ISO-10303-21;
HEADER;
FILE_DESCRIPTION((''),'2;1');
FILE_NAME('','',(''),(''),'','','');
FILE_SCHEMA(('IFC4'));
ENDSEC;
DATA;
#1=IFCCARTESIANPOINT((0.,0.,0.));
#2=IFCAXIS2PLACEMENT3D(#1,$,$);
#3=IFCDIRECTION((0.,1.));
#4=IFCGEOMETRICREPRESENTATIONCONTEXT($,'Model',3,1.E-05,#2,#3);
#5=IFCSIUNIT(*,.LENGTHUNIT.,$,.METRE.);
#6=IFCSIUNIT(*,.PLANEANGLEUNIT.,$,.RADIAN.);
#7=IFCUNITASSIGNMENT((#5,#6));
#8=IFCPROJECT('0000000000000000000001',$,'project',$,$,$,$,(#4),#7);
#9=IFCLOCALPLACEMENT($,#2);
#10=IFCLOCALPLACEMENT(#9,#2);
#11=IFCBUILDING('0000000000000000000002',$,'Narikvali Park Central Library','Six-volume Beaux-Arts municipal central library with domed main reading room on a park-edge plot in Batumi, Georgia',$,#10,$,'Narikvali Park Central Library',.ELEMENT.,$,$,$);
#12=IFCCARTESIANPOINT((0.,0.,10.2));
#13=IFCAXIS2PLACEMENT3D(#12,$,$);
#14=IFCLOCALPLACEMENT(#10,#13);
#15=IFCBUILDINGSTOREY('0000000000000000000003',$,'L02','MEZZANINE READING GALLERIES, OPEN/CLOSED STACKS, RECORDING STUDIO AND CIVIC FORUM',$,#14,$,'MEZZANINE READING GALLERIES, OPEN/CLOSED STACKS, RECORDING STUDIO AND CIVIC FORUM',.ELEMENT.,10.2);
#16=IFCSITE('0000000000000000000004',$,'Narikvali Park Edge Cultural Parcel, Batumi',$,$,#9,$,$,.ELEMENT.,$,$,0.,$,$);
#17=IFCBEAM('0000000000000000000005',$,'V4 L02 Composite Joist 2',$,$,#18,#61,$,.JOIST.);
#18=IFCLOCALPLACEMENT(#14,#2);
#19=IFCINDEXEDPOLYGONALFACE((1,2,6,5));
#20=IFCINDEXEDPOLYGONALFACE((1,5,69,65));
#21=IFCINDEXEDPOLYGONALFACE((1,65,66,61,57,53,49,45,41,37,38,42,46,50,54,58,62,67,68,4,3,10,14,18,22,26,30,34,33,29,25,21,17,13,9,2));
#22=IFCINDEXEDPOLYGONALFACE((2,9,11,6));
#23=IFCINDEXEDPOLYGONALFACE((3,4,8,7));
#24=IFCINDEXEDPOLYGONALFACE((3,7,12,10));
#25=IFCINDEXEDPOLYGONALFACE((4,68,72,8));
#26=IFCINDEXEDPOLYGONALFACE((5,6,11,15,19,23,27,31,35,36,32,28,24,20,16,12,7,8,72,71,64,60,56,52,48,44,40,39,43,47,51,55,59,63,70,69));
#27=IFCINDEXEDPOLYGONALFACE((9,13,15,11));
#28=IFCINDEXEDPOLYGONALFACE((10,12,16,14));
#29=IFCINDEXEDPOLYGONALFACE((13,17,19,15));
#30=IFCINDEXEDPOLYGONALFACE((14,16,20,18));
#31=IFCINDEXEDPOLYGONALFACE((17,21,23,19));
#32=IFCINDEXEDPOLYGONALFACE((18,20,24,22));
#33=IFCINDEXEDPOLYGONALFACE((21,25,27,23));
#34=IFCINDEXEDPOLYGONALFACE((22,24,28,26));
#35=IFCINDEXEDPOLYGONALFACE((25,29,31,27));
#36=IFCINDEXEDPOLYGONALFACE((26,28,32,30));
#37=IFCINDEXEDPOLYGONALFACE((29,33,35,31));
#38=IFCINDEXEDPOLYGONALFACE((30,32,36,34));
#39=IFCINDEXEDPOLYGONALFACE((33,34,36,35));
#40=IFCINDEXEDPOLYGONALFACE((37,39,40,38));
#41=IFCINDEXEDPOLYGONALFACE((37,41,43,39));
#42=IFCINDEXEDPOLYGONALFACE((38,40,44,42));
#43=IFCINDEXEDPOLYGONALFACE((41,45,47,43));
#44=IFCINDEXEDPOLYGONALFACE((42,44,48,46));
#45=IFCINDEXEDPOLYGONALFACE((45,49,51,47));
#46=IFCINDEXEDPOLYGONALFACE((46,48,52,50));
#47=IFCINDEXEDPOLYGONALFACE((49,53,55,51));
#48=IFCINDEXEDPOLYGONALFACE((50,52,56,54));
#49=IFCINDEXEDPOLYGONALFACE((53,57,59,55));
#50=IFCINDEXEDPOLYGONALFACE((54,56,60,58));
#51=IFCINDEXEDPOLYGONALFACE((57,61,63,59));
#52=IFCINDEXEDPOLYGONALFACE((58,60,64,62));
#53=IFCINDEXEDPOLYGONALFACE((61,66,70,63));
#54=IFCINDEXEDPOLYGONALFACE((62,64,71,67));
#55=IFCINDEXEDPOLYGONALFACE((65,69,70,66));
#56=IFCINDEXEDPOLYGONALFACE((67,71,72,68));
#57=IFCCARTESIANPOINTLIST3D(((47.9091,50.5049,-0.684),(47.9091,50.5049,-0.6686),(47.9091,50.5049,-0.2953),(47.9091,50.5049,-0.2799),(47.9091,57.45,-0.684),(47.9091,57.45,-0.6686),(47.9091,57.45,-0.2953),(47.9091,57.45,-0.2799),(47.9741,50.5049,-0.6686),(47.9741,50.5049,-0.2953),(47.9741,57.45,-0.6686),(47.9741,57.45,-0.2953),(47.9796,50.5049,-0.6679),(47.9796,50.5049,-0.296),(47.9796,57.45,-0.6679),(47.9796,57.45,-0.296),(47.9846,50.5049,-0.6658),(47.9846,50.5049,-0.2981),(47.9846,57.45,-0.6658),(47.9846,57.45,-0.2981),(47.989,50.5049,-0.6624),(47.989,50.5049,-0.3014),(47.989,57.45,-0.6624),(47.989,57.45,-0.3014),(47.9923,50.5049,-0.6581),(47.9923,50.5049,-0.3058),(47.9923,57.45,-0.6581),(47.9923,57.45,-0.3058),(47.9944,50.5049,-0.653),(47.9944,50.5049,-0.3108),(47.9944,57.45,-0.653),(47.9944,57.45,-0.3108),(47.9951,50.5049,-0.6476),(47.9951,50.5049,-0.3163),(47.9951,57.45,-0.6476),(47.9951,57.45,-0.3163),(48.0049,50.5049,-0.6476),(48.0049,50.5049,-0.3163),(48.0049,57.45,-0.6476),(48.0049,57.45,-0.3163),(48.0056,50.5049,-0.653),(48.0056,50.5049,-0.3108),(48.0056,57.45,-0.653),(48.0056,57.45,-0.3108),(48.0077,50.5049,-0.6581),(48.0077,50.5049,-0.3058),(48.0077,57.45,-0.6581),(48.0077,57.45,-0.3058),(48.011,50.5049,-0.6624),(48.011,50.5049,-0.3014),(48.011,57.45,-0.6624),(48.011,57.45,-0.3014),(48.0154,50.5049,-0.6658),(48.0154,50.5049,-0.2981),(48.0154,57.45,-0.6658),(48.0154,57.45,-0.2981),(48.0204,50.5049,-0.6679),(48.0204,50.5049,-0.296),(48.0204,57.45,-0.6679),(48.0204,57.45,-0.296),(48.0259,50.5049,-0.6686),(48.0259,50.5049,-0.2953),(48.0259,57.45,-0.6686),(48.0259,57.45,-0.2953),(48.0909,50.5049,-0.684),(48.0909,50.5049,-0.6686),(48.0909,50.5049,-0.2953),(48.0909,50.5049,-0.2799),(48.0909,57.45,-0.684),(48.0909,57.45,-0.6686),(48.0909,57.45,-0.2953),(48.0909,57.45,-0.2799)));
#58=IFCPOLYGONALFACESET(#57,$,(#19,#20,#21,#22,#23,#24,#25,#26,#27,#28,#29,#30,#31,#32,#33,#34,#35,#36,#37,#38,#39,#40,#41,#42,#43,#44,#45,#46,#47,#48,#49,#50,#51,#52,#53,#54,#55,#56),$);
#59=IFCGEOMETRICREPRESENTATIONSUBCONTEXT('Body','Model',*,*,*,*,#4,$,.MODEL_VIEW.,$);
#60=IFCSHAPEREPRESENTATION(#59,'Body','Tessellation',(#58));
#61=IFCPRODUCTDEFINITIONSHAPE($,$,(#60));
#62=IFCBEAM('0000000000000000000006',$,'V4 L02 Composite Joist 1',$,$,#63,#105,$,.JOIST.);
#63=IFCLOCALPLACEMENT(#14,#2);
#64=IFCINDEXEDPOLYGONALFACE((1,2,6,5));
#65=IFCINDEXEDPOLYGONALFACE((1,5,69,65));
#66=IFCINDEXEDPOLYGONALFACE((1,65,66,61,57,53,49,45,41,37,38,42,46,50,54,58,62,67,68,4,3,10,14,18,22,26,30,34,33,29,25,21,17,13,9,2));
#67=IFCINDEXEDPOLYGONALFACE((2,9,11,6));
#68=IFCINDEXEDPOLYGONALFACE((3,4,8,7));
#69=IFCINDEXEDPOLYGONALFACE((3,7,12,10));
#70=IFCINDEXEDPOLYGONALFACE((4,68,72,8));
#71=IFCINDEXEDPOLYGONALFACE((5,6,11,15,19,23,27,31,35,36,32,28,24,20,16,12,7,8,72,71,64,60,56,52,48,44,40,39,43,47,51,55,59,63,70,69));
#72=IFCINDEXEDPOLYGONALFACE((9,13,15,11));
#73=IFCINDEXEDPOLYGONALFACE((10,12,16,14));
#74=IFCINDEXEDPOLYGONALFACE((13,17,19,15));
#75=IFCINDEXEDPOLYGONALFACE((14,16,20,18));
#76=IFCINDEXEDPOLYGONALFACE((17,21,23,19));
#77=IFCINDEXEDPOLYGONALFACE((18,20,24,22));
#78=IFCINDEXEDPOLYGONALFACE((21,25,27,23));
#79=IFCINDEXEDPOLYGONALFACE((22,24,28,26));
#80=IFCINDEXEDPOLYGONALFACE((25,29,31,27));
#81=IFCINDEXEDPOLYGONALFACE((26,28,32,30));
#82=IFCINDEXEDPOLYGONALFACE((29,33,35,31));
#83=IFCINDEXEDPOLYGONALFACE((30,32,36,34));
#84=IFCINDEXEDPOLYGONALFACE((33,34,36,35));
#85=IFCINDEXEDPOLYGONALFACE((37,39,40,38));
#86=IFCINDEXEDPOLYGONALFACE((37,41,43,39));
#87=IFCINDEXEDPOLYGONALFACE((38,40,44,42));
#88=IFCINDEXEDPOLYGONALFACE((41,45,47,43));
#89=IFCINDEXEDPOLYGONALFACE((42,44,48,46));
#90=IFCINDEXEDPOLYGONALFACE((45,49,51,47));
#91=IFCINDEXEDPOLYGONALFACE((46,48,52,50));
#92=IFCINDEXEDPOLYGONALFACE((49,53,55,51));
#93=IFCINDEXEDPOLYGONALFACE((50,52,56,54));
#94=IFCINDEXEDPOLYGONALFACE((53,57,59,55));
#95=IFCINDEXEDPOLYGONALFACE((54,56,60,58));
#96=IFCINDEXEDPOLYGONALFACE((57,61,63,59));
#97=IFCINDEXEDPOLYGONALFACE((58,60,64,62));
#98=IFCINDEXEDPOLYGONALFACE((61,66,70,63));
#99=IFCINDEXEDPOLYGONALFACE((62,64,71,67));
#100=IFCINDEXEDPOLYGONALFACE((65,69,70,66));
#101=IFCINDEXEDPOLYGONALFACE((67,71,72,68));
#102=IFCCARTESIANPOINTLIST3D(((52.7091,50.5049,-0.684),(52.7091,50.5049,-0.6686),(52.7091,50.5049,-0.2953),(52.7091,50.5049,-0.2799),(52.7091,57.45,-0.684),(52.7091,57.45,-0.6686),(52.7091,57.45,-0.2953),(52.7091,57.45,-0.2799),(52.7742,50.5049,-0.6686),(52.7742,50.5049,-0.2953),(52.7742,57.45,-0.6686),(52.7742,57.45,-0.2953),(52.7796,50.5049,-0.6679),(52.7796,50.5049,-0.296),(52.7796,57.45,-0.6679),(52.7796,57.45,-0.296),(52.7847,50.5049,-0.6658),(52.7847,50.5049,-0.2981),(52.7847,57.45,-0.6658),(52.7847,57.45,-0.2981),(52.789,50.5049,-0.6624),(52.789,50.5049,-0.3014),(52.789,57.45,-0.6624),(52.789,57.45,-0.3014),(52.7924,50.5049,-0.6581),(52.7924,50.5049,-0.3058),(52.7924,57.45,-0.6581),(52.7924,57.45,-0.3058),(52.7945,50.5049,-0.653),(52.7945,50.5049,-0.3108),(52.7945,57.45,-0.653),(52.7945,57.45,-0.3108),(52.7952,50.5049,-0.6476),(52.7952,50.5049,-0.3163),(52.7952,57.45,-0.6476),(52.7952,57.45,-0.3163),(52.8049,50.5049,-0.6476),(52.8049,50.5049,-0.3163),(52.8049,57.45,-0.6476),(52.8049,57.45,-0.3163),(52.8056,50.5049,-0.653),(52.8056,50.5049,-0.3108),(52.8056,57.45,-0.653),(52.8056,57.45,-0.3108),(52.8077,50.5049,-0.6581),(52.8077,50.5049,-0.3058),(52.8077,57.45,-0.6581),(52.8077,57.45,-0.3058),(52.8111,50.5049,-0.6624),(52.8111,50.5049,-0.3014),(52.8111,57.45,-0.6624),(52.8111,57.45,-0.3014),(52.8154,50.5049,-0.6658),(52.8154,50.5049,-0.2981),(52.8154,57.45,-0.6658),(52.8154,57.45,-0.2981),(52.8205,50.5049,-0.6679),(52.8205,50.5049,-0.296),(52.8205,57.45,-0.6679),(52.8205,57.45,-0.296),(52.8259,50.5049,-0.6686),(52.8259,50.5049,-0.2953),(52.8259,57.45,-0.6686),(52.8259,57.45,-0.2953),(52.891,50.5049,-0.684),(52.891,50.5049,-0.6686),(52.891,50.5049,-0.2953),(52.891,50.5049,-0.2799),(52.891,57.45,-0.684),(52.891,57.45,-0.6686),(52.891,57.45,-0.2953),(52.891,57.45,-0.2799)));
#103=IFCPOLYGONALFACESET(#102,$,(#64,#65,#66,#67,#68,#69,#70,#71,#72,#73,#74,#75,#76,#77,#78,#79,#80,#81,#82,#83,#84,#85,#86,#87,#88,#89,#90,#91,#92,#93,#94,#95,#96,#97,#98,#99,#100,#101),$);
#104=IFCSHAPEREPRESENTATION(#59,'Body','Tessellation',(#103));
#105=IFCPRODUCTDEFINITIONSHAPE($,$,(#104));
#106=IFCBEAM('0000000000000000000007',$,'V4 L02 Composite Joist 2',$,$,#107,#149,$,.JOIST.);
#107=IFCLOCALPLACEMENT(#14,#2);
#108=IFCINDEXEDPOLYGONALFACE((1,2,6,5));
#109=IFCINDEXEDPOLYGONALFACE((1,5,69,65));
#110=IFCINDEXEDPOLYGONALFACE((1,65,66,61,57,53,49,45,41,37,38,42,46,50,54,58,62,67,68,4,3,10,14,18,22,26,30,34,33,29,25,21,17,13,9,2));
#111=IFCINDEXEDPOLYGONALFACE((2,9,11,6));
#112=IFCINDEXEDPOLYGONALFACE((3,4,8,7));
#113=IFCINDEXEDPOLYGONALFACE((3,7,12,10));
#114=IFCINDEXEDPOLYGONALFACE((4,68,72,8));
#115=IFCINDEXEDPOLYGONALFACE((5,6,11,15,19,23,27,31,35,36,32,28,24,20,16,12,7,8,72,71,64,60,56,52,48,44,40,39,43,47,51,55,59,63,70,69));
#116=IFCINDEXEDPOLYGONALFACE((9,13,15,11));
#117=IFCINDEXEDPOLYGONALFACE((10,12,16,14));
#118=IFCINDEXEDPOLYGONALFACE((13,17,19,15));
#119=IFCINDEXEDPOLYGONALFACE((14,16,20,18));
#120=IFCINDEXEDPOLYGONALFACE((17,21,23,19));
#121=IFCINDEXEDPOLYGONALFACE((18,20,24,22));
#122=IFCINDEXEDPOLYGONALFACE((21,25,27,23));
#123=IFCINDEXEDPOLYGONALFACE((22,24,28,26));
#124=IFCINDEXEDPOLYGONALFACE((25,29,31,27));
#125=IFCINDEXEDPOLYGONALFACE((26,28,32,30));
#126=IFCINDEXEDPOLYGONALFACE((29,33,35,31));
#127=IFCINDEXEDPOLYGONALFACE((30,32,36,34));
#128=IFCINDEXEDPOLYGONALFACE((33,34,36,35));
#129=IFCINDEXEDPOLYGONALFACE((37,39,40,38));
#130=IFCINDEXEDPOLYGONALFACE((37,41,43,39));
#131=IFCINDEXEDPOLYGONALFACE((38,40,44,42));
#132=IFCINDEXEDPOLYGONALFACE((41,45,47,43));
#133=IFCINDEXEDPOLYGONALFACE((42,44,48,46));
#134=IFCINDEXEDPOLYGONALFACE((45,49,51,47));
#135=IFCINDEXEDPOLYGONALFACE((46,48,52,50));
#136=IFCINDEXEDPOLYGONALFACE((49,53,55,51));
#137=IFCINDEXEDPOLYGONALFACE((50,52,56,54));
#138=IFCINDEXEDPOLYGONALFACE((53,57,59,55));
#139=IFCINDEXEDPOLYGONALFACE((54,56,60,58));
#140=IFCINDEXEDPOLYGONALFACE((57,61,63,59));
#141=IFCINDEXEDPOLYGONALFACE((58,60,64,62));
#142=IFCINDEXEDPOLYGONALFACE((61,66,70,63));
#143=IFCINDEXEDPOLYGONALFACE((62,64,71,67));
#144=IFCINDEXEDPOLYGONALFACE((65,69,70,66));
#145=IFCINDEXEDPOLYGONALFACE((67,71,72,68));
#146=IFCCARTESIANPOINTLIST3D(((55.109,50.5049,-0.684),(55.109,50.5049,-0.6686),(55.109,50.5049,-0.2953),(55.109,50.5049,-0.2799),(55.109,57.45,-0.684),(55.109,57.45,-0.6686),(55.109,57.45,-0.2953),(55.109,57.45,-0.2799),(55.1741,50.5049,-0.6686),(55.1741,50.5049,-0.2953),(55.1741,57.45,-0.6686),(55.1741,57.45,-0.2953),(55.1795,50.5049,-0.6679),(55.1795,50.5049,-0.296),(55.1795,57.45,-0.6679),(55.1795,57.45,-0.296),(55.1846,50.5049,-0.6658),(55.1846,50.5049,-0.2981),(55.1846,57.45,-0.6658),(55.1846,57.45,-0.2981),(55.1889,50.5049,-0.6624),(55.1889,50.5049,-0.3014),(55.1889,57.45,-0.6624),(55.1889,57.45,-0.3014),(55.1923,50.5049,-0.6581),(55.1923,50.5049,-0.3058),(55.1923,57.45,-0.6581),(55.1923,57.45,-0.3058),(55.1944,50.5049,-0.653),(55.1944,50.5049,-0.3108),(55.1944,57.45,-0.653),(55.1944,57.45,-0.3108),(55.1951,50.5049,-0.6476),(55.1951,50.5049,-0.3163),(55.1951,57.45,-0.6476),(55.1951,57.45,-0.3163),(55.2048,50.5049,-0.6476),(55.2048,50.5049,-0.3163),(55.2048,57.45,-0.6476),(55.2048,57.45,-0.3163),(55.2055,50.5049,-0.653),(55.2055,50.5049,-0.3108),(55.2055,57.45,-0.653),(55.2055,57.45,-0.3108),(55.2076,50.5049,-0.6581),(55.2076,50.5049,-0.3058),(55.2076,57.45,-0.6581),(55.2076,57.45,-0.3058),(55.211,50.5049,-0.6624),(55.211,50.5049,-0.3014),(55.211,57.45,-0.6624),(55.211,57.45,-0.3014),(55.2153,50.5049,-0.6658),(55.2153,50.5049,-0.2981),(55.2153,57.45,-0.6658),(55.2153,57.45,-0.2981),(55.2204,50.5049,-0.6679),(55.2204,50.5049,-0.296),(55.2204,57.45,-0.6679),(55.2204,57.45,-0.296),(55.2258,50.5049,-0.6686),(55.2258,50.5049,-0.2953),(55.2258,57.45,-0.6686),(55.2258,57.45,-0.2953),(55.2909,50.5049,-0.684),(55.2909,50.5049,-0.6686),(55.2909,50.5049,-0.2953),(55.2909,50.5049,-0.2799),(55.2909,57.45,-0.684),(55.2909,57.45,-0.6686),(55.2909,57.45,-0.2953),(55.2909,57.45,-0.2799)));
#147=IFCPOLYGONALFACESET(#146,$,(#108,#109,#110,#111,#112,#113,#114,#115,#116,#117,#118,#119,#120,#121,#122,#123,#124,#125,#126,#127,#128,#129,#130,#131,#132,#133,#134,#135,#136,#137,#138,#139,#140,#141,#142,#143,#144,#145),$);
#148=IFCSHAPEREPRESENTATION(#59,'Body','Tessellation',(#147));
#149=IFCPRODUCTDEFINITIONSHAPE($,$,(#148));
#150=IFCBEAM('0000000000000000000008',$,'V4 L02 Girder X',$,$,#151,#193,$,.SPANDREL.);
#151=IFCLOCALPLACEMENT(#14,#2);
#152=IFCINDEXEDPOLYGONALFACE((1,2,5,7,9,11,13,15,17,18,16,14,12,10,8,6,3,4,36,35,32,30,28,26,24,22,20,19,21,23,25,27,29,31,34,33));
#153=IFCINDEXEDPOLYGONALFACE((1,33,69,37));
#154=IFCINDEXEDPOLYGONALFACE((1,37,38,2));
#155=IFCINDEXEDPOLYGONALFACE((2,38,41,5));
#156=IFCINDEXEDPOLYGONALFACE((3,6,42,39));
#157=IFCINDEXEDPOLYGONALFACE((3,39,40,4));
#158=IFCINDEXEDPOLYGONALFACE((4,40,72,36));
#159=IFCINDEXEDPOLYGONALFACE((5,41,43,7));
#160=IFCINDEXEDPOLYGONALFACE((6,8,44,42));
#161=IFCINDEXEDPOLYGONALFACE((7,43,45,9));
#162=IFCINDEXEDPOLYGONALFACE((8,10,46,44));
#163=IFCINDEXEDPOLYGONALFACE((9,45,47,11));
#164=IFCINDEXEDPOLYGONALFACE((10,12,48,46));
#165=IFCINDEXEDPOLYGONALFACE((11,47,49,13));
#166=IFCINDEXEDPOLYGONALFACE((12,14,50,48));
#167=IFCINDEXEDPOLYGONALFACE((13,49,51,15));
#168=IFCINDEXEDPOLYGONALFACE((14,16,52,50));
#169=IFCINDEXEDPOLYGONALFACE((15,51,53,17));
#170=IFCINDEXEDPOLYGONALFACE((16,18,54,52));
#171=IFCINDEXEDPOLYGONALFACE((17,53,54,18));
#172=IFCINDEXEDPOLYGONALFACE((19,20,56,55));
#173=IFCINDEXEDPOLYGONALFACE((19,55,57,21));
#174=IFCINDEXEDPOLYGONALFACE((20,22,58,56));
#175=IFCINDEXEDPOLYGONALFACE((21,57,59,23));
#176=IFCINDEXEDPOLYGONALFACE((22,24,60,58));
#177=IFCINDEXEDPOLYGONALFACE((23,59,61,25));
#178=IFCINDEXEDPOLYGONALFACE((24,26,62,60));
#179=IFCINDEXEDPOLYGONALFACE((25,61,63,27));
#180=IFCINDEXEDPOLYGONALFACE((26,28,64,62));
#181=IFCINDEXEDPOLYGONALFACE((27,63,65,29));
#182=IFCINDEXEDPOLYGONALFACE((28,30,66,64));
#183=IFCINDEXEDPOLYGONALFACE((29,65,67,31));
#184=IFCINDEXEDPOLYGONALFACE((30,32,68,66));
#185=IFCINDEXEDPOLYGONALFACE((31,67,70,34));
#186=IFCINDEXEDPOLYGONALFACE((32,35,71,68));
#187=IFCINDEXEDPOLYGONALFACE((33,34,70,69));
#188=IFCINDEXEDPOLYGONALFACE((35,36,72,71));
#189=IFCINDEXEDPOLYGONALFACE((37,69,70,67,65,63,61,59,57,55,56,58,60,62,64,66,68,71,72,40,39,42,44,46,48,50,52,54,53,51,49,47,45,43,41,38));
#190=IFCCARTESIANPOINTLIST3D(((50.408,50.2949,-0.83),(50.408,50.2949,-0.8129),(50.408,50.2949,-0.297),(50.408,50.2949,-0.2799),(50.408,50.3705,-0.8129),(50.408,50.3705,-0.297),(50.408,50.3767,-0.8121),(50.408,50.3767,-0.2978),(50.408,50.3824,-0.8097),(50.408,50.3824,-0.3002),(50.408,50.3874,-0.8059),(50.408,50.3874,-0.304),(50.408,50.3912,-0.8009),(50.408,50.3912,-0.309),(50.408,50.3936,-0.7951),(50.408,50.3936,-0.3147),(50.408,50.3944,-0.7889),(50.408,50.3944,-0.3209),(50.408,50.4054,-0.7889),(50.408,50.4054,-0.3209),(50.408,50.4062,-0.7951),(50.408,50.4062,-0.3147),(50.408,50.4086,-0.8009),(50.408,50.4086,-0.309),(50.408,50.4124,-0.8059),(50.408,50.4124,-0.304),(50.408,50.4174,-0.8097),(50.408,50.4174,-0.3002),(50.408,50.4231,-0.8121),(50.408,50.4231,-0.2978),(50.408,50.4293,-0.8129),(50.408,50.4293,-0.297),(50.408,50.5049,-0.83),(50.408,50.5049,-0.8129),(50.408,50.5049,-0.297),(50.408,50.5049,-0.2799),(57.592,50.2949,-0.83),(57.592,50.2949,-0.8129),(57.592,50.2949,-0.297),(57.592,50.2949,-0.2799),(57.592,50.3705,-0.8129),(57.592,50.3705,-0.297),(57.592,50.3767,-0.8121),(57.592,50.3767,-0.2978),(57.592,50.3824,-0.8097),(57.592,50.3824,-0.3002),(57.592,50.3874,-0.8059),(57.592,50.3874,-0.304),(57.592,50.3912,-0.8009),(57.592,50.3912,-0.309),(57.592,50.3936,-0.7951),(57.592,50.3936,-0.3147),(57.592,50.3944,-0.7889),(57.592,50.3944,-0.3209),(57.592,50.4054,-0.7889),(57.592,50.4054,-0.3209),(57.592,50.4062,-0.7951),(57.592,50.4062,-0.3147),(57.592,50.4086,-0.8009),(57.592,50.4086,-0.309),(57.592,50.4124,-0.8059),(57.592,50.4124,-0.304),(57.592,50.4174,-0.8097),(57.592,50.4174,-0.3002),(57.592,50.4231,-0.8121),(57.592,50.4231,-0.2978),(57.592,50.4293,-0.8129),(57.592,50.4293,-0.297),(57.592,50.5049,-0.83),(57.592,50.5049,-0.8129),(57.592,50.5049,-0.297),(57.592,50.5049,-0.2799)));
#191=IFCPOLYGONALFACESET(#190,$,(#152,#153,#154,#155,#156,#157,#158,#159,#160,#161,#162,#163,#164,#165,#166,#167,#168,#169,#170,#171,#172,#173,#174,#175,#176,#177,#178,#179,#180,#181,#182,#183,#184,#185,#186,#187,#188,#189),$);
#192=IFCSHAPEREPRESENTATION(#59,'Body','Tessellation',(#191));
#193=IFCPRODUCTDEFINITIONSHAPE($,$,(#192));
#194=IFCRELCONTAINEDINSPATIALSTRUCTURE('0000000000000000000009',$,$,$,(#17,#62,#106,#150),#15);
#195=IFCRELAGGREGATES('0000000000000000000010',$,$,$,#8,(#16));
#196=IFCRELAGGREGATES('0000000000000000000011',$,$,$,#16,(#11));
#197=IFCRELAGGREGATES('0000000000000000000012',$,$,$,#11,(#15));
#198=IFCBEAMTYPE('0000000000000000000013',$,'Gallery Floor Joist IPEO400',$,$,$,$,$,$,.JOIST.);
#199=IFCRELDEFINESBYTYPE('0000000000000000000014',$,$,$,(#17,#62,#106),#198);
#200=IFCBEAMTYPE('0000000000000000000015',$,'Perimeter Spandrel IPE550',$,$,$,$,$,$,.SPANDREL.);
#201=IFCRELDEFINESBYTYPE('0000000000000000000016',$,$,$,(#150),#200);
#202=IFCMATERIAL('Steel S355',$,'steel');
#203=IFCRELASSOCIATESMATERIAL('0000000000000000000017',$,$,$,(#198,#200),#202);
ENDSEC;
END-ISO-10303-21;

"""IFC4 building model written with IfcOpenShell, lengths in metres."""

from ifc_helpers import new_model, si_unit, direction, frame, origin, origin_2d, place, context, subcontext, project, spatial, i_section, extrude, material, material_profile, profile_set, type_object, element, save


model = new_model("IFC4")

# Units and contexts
model_context = context("Model", 3, precision=1e-05, world=origin(), true_north=direction((0.0, 1.0)))
body_context = subcontext(model_context, "Body", "Model", "MODEL_VIEW")
ifc_project = project(units=[si_unit("LENGTHUNIT", "METRE"), si_unit("PLANEANGLEUNIT", "RADIAN")], contexts=[model_context])

# Site, building, storey
site_placement = place(None, origin())
site = spatial("IfcSite", under=ifc_project, at=site_placement, Name="Narikvali Park Edge Cultural Parcel, Batumi", CompositionType="ELEMENT", RefElevation=0.0)
building_placement = place(site_placement, origin())
building = spatial("IfcBuilding", under=site, at=building_placement, Name="Narikvali Park Central Library", Description="Six-volume Beaux-Arts municipal central library with domed main reading room on a park-edge plot in Batumi, Georgia", LongName="Narikvali Park Central Library", CompositionType="ELEMENT")
storey_placement = place(building_placement, frame((0.0, 0.0, 10.2)))
storey = spatial("IfcBuildingStorey", under=building, at=storey_placement, Name="L02", Description="MEZZANINE READING GALLERIES, OPEN/CLOSED STACKS, RECORDING STUDIO AND CIVIC FORUM", LongName="MEZZANINE READING GALLERIES, OPEN/CLOSED STACKS, RECORDING STUDIO AND CIVIC FORUM", CompositionType="ELEMENT", Elevation=10.2)

# Shared definitions
ifc_material_1 = material(Name="Steel S355", Category="steel")

# Beams
ifc_material_profile_1 = material_profile(ifc_material_1, i_section(OverallWidth=0.1819, OverallDepth=0.4041, WebThickness=0.0098, FlangeThickness=0.0154, FilletRadius=0.021, at=origin_2d()), Name="IPEO 400")
ifc_profile_set_1 = profile_set([ifc_material_profile_1], Name="Steel S355")
beam_type_1 = type_object("IfcBeamType", Name="Gallery Floor Joist IPEO400", PredefinedType="JOIST", material=ifc_profile_set_1)
for number, where, z_axis, x_axis, name in (
    (1, (48.0, 50.5049, -0.4819), (0.0, 1.0, 0.0), (-1.0, 0.0, 0.0), "V4 L02 Composite Joist 2"),
    (2, (52.8, 50.5049, -0.4819), (0.0, 1.0, 0.0), (-1.0, 0.0, 0.0), "V4 L02 Composite Joist 1"),
    (3, (55.2, 50.5049, -0.4819), (0.0, 1.0, 0.0), (-1.0, 0.0, 0.0), "V4 L02 Composite Joist 2"),
):
    element("IfcBeam", number, at=place(storey_placement, frame(where, z_axis=z_axis, x_axis=x_axis)), inside=storey, type_object=beam_type_1, Name=name, PredefinedType="JOIST", context=body_context, shape_type="SweptSolid", body=[
        extrude(i_section(OverallWidth=0.1819, OverallDepth=0.4041, WebThickness=0.0098, FlangeThickness=0.0154, FilletRadius=0.021, at=origin_2d()), origin(), (0.0, 0.0, 1.0), 6.9451),
    ])
ifc_material_profile_2 = material_profile(ifc_material_1, i_section(OverallWidth=0.21, OverallDepth=0.55, WebThickness=0.011, FlangeThickness=0.0171, FilletRadius=0.0239, at=origin_2d()), Name="IPE 550")
ifc_profile_set_2 = profile_set([ifc_material_profile_2], Name="Steel S355")
beam_type_2 = type_object("IfcBeamType", Name="Perimeter Spandrel IPE550", PredefinedType="SPANDREL", material=ifc_profile_set_2)
for number, where, z_axis, x_axis, name in (
    (4, (50.408, 50.3999, -0.5549), (1.0, 0.0, 0.0), (0.0, 1.0, 0.0), "V4 L02 Girder X"),
):
    element("IfcBeam", number, at=place(storey_placement, frame(where, z_axis=z_axis, x_axis=x_axis)), inside=storey, type_object=beam_type_2, Name=name, PredefinedType="SPANDREL", context=body_context, shape_type="SweptSolid", body=[
        extrude(i_section(OverallWidth=0.21, OverallDepth=0.55, WebThickness=0.011, FlangeThickness=0.0171, FilletRadius=0.0239, at=origin_2d()), origin(), (0.0, 0.0, 1.0), 7.1841),
    ])

save(model, "model.ifc")
